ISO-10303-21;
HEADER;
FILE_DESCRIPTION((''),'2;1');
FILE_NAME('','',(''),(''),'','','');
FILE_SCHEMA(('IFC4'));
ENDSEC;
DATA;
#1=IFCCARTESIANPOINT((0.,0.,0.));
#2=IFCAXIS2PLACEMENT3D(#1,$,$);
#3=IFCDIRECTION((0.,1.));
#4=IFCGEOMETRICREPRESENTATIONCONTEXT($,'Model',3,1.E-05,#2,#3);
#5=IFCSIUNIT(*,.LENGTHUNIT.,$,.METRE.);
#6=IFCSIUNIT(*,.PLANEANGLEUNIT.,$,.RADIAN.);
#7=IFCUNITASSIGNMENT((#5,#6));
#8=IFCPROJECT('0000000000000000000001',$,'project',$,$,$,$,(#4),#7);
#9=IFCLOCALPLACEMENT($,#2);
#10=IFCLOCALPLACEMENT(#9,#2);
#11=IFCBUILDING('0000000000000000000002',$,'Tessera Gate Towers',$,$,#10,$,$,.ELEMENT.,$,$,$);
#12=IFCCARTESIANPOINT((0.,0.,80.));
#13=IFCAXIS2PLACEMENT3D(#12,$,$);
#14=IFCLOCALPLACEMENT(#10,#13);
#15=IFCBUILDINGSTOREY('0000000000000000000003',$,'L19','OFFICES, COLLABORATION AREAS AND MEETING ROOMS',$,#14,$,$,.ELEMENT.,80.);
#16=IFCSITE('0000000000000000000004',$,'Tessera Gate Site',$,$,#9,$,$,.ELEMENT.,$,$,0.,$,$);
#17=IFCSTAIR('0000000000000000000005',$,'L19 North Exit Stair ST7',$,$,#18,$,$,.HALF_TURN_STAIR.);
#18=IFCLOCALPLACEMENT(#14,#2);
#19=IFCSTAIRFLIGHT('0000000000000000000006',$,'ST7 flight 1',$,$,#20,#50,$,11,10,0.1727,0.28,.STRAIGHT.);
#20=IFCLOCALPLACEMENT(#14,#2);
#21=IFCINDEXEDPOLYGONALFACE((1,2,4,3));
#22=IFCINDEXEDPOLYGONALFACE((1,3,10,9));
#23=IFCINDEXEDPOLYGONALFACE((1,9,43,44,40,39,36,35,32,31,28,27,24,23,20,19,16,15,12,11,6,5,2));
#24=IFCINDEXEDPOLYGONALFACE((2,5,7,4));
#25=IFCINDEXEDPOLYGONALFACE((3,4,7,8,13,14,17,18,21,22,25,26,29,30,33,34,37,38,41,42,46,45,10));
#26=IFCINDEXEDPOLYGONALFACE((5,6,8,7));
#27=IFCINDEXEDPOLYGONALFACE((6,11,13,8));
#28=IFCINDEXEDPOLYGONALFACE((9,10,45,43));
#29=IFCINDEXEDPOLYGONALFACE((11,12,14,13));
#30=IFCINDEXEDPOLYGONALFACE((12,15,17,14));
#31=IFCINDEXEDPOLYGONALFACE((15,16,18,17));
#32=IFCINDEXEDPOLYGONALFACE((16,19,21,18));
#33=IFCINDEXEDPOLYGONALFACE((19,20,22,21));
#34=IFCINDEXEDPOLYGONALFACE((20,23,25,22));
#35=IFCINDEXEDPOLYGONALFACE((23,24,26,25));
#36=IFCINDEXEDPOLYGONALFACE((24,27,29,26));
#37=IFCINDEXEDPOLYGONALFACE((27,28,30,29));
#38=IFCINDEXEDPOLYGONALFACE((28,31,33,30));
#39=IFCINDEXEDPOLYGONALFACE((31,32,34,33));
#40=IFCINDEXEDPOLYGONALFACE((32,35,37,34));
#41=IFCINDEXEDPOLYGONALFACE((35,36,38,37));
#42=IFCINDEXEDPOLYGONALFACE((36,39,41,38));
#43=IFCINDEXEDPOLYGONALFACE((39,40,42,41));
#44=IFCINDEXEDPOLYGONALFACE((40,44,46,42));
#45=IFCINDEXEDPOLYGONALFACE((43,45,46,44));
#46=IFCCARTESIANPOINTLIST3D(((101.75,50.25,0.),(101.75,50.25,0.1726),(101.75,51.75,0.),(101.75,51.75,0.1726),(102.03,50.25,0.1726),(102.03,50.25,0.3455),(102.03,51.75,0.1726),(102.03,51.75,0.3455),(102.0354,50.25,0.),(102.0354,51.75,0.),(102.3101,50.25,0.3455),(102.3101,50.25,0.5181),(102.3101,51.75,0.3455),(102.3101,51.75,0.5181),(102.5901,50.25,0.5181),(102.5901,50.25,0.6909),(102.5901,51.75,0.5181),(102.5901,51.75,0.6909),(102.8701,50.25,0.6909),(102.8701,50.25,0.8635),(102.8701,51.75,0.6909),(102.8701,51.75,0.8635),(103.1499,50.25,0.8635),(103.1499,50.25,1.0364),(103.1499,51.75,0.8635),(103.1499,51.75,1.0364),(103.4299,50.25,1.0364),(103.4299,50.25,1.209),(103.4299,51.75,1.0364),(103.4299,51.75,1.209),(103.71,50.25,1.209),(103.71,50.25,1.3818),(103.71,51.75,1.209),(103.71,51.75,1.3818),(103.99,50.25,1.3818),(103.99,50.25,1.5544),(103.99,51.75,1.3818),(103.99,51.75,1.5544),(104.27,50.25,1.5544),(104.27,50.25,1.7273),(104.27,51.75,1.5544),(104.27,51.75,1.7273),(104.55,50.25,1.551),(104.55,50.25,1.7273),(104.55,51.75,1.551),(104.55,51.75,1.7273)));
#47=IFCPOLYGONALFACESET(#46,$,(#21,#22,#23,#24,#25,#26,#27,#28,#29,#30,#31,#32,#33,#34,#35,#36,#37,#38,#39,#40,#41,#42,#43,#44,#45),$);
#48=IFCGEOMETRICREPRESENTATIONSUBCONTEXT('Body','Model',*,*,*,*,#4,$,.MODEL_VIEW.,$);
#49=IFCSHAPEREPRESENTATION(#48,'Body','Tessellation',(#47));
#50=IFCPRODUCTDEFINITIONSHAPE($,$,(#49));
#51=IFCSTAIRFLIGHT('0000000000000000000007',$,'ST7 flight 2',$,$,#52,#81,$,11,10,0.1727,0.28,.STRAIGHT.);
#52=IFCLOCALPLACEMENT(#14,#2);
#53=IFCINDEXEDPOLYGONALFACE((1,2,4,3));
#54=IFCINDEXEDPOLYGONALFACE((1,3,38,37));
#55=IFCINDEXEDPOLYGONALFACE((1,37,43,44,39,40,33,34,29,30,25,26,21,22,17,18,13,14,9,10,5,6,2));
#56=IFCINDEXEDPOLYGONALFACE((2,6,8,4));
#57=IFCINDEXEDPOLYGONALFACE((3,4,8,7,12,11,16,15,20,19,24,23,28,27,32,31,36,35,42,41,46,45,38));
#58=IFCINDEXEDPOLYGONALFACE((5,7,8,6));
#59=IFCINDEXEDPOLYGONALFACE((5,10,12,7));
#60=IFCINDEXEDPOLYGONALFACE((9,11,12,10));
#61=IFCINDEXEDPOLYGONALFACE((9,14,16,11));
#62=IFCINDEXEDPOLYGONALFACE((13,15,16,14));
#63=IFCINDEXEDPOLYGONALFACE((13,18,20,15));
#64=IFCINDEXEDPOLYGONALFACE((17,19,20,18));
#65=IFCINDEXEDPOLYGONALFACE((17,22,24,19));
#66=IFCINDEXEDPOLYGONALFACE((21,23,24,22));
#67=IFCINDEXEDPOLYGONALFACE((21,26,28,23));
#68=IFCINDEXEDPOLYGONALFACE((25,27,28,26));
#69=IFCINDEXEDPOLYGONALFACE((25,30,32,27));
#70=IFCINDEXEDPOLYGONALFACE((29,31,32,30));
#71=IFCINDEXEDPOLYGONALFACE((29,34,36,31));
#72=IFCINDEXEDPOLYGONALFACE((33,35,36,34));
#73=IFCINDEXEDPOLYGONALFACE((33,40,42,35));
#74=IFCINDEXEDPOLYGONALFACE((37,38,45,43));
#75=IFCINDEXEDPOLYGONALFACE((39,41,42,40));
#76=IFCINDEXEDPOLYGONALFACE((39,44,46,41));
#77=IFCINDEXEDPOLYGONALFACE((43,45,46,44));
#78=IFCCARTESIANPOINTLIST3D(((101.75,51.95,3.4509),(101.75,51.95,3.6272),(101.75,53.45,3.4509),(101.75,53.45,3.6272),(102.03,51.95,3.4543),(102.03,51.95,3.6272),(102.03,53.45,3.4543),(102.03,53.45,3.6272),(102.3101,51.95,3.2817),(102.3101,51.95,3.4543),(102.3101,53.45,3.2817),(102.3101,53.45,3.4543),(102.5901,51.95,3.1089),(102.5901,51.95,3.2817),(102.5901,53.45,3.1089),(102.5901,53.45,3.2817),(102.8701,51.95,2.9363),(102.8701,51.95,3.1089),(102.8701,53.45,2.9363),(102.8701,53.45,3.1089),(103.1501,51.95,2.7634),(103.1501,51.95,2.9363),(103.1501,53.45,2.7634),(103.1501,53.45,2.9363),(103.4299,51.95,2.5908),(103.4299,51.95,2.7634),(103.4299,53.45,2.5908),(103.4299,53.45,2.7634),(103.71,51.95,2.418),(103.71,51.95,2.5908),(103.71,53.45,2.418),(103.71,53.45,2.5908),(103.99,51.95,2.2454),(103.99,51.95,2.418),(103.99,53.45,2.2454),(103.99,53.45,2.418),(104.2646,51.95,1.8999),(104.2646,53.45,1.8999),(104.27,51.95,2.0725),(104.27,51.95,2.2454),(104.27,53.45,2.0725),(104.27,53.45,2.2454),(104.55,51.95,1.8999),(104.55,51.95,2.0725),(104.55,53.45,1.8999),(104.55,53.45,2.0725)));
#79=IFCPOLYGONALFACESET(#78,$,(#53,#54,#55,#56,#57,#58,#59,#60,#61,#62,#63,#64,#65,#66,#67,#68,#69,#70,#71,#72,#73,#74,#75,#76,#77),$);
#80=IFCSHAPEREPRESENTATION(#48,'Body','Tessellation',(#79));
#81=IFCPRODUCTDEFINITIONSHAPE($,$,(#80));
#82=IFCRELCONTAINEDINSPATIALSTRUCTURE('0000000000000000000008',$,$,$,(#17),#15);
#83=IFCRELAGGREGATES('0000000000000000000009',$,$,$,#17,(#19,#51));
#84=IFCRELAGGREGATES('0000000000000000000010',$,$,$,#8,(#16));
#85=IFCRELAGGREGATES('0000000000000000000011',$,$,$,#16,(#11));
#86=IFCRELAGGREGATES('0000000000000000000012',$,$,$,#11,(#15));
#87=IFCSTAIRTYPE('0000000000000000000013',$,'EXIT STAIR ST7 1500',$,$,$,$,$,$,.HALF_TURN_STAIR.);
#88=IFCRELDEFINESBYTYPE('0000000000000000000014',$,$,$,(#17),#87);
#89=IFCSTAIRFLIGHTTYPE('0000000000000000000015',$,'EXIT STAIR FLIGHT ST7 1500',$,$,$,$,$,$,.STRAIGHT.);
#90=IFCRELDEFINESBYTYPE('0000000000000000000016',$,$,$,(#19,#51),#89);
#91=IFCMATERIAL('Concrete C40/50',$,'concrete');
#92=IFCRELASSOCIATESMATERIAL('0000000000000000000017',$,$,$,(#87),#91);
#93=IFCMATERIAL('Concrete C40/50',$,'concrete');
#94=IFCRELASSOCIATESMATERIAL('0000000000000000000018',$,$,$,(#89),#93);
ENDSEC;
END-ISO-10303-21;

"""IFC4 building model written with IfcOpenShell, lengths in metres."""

from ifc_helpers import new_model, si_unit, direction, frame, origin, place, context, subcontext, project, spatial, polyline, outline, extrude, material, type_object, element, aggregate, save


model = new_model("IFC4")

# Units and contexts
model_context = context("Model", 3, precision=1e-05, world=origin(), true_north=direction((0.0, 1.0)))
body_context = subcontext(model_context, "Body", "Model", "MODEL_VIEW")
ifc_project = project(units=[si_unit("LENGTHUNIT", "METRE"), si_unit("PLANEANGLEUNIT", "RADIAN")], contexts=[model_context])

# Site, building, storey
site_placement = place(None, origin())
site = spatial("IfcSite", under=ifc_project, at=site_placement, Name="Tessera Gate Site", CompositionType="ELEMENT", RefElevation=0.0)
building_placement = place(site_placement, origin())
building = spatial("IfcBuilding", under=site, at=building_placement, Name="Tessera Gate Towers", CompositionType="ELEMENT")
storey_placement = place(building_placement, frame((0.0, 0.0, 80.0)))
storey = spatial("IfcBuildingStorey", under=building, at=storey_placement, Name="L19", Description="OFFICES, COLLABORATION AREAS AND MEETING ROOMS", CompositionType="ELEMENT", Elevation=80.0)

# Stair, stair flights
ifc_material_1 = material(Name="Concrete C40/50", Category="concrete")
stair_type = type_object("IfcStairType", Name="EXIT STAIR ST7 1500", PredefinedType="HALF_TURN_STAIR", material=ifc_material_1)
stair_placement = place(storey_placement, origin())
stair = element("IfcStair", 1, at=stair_placement, inside=storey, type_object=stair_type, Name="L19 North Exit Stair ST7", PredefinedType="HALF_TURN_STAIR")
ifc_material_2 = material(Name="Concrete C40/50", Category="concrete")
stair_flight_type = type_object("IfcStairFlightType", Name="EXIT STAIR FLIGHT ST7 1500", PredefinedType="STRAIGHT", material=ifc_material_2)
stair_flight_1_placement = place(storey_placement, frame((101.75, 51.0, 0.0), z_axis=(0.0, 0.0, 1.0), x_axis=(1.0, 0.0, 0.0)))
stair_flight_1 = element("IfcStairFlight", 2, at=stair_flight_1_placement, type_object=stair_flight_type, Name="ST7 flight 1", NumberOfRisers=11, NumberOfTreads=10, PredefinedType="STRAIGHT", RiserHeight=0.1727, TreadLength=0.28, context=body_context, shape_type="SweptSolid", body=[
    extrude(outline(polyline([(0.0, 0.0), (0.0, 0.1726), (0.28, 0.1726), (0.28, 0.3455), (0.5601, 0.3455), (0.5601, 0.5181), (0.8401, 0.5181), (0.8401, 0.6909), (1.1201, 0.6909), (1.1201, 0.8635), (1.3999, 0.8635), (1.3999, 1.0364), (1.6799, 1.0364), (1.6799, 1.209), (1.96, 1.209), (1.96, 1.3818), (2.24, 1.3818), (2.24, 1.5544), (2.52, 1.5544), (2.52, 1.7273), (2.8, 1.7273), (2.8, 1.8999), (2.8, 1.551), (0.2854, 0.0), (0.0, 0.0)])), frame((0.0, 0.75, 0.0), z_axis=(0.0, -1.0, 0.0), x_axis=(1.0, 0.0, 0.0)), (0.0, 0.0, 1.0), 1.5),
])
stair_flight_2_placement = place(storey_placement, frame((104.55, 52.7, 1.8999), z_axis=(0.0, 0.0, 1.0), x_axis=(-1.0, 0.0, 0.0)))
stair_flight_2 = element("IfcStairFlight", 3, at=stair_flight_2_placement, type_object=stair_flight_type, Name="ST7 flight 2", NumberOfRisers=11, NumberOfTreads=10, PredefinedType="STRAIGHT", RiserHeight=0.1727, TreadLength=0.28, context=body_context, shape_type="SweptSolid", body=[
    extrude(outline(polyline([(0.0, 0.0), (0.0, 0.1726), (0.28, 0.1726), (0.28, 0.3455), (0.5601, 0.3455), (0.5601, 0.5181), (0.8401, 0.5181), (0.8401, 0.6909), (1.1201, 0.6909), (1.1201, 0.8635), (1.3999, 0.8635), (1.3999, 1.0364), (1.6799, 1.0364), (1.6799, 1.209), (1.96, 1.209), (1.96, 1.3818), (2.24, 1.3818), (2.24, 1.5544), (2.52, 1.5544), (2.52, 1.7273), (2.8, 1.7273), (2.8, 1.8999), (2.8, 1.551), (0.2854, 0.0), (0.0, 0.0)])), frame((0.0, 0.75, 0.0), z_axis=(0.0, -1.0, 0.0), x_axis=(1.0, 0.0, 0.0)), (0.0, 0.0, 1.0), 1.5),
])
aggregate(stair, [stair_flight_1, stair_flight_2])

save(model, "model.ifc")
